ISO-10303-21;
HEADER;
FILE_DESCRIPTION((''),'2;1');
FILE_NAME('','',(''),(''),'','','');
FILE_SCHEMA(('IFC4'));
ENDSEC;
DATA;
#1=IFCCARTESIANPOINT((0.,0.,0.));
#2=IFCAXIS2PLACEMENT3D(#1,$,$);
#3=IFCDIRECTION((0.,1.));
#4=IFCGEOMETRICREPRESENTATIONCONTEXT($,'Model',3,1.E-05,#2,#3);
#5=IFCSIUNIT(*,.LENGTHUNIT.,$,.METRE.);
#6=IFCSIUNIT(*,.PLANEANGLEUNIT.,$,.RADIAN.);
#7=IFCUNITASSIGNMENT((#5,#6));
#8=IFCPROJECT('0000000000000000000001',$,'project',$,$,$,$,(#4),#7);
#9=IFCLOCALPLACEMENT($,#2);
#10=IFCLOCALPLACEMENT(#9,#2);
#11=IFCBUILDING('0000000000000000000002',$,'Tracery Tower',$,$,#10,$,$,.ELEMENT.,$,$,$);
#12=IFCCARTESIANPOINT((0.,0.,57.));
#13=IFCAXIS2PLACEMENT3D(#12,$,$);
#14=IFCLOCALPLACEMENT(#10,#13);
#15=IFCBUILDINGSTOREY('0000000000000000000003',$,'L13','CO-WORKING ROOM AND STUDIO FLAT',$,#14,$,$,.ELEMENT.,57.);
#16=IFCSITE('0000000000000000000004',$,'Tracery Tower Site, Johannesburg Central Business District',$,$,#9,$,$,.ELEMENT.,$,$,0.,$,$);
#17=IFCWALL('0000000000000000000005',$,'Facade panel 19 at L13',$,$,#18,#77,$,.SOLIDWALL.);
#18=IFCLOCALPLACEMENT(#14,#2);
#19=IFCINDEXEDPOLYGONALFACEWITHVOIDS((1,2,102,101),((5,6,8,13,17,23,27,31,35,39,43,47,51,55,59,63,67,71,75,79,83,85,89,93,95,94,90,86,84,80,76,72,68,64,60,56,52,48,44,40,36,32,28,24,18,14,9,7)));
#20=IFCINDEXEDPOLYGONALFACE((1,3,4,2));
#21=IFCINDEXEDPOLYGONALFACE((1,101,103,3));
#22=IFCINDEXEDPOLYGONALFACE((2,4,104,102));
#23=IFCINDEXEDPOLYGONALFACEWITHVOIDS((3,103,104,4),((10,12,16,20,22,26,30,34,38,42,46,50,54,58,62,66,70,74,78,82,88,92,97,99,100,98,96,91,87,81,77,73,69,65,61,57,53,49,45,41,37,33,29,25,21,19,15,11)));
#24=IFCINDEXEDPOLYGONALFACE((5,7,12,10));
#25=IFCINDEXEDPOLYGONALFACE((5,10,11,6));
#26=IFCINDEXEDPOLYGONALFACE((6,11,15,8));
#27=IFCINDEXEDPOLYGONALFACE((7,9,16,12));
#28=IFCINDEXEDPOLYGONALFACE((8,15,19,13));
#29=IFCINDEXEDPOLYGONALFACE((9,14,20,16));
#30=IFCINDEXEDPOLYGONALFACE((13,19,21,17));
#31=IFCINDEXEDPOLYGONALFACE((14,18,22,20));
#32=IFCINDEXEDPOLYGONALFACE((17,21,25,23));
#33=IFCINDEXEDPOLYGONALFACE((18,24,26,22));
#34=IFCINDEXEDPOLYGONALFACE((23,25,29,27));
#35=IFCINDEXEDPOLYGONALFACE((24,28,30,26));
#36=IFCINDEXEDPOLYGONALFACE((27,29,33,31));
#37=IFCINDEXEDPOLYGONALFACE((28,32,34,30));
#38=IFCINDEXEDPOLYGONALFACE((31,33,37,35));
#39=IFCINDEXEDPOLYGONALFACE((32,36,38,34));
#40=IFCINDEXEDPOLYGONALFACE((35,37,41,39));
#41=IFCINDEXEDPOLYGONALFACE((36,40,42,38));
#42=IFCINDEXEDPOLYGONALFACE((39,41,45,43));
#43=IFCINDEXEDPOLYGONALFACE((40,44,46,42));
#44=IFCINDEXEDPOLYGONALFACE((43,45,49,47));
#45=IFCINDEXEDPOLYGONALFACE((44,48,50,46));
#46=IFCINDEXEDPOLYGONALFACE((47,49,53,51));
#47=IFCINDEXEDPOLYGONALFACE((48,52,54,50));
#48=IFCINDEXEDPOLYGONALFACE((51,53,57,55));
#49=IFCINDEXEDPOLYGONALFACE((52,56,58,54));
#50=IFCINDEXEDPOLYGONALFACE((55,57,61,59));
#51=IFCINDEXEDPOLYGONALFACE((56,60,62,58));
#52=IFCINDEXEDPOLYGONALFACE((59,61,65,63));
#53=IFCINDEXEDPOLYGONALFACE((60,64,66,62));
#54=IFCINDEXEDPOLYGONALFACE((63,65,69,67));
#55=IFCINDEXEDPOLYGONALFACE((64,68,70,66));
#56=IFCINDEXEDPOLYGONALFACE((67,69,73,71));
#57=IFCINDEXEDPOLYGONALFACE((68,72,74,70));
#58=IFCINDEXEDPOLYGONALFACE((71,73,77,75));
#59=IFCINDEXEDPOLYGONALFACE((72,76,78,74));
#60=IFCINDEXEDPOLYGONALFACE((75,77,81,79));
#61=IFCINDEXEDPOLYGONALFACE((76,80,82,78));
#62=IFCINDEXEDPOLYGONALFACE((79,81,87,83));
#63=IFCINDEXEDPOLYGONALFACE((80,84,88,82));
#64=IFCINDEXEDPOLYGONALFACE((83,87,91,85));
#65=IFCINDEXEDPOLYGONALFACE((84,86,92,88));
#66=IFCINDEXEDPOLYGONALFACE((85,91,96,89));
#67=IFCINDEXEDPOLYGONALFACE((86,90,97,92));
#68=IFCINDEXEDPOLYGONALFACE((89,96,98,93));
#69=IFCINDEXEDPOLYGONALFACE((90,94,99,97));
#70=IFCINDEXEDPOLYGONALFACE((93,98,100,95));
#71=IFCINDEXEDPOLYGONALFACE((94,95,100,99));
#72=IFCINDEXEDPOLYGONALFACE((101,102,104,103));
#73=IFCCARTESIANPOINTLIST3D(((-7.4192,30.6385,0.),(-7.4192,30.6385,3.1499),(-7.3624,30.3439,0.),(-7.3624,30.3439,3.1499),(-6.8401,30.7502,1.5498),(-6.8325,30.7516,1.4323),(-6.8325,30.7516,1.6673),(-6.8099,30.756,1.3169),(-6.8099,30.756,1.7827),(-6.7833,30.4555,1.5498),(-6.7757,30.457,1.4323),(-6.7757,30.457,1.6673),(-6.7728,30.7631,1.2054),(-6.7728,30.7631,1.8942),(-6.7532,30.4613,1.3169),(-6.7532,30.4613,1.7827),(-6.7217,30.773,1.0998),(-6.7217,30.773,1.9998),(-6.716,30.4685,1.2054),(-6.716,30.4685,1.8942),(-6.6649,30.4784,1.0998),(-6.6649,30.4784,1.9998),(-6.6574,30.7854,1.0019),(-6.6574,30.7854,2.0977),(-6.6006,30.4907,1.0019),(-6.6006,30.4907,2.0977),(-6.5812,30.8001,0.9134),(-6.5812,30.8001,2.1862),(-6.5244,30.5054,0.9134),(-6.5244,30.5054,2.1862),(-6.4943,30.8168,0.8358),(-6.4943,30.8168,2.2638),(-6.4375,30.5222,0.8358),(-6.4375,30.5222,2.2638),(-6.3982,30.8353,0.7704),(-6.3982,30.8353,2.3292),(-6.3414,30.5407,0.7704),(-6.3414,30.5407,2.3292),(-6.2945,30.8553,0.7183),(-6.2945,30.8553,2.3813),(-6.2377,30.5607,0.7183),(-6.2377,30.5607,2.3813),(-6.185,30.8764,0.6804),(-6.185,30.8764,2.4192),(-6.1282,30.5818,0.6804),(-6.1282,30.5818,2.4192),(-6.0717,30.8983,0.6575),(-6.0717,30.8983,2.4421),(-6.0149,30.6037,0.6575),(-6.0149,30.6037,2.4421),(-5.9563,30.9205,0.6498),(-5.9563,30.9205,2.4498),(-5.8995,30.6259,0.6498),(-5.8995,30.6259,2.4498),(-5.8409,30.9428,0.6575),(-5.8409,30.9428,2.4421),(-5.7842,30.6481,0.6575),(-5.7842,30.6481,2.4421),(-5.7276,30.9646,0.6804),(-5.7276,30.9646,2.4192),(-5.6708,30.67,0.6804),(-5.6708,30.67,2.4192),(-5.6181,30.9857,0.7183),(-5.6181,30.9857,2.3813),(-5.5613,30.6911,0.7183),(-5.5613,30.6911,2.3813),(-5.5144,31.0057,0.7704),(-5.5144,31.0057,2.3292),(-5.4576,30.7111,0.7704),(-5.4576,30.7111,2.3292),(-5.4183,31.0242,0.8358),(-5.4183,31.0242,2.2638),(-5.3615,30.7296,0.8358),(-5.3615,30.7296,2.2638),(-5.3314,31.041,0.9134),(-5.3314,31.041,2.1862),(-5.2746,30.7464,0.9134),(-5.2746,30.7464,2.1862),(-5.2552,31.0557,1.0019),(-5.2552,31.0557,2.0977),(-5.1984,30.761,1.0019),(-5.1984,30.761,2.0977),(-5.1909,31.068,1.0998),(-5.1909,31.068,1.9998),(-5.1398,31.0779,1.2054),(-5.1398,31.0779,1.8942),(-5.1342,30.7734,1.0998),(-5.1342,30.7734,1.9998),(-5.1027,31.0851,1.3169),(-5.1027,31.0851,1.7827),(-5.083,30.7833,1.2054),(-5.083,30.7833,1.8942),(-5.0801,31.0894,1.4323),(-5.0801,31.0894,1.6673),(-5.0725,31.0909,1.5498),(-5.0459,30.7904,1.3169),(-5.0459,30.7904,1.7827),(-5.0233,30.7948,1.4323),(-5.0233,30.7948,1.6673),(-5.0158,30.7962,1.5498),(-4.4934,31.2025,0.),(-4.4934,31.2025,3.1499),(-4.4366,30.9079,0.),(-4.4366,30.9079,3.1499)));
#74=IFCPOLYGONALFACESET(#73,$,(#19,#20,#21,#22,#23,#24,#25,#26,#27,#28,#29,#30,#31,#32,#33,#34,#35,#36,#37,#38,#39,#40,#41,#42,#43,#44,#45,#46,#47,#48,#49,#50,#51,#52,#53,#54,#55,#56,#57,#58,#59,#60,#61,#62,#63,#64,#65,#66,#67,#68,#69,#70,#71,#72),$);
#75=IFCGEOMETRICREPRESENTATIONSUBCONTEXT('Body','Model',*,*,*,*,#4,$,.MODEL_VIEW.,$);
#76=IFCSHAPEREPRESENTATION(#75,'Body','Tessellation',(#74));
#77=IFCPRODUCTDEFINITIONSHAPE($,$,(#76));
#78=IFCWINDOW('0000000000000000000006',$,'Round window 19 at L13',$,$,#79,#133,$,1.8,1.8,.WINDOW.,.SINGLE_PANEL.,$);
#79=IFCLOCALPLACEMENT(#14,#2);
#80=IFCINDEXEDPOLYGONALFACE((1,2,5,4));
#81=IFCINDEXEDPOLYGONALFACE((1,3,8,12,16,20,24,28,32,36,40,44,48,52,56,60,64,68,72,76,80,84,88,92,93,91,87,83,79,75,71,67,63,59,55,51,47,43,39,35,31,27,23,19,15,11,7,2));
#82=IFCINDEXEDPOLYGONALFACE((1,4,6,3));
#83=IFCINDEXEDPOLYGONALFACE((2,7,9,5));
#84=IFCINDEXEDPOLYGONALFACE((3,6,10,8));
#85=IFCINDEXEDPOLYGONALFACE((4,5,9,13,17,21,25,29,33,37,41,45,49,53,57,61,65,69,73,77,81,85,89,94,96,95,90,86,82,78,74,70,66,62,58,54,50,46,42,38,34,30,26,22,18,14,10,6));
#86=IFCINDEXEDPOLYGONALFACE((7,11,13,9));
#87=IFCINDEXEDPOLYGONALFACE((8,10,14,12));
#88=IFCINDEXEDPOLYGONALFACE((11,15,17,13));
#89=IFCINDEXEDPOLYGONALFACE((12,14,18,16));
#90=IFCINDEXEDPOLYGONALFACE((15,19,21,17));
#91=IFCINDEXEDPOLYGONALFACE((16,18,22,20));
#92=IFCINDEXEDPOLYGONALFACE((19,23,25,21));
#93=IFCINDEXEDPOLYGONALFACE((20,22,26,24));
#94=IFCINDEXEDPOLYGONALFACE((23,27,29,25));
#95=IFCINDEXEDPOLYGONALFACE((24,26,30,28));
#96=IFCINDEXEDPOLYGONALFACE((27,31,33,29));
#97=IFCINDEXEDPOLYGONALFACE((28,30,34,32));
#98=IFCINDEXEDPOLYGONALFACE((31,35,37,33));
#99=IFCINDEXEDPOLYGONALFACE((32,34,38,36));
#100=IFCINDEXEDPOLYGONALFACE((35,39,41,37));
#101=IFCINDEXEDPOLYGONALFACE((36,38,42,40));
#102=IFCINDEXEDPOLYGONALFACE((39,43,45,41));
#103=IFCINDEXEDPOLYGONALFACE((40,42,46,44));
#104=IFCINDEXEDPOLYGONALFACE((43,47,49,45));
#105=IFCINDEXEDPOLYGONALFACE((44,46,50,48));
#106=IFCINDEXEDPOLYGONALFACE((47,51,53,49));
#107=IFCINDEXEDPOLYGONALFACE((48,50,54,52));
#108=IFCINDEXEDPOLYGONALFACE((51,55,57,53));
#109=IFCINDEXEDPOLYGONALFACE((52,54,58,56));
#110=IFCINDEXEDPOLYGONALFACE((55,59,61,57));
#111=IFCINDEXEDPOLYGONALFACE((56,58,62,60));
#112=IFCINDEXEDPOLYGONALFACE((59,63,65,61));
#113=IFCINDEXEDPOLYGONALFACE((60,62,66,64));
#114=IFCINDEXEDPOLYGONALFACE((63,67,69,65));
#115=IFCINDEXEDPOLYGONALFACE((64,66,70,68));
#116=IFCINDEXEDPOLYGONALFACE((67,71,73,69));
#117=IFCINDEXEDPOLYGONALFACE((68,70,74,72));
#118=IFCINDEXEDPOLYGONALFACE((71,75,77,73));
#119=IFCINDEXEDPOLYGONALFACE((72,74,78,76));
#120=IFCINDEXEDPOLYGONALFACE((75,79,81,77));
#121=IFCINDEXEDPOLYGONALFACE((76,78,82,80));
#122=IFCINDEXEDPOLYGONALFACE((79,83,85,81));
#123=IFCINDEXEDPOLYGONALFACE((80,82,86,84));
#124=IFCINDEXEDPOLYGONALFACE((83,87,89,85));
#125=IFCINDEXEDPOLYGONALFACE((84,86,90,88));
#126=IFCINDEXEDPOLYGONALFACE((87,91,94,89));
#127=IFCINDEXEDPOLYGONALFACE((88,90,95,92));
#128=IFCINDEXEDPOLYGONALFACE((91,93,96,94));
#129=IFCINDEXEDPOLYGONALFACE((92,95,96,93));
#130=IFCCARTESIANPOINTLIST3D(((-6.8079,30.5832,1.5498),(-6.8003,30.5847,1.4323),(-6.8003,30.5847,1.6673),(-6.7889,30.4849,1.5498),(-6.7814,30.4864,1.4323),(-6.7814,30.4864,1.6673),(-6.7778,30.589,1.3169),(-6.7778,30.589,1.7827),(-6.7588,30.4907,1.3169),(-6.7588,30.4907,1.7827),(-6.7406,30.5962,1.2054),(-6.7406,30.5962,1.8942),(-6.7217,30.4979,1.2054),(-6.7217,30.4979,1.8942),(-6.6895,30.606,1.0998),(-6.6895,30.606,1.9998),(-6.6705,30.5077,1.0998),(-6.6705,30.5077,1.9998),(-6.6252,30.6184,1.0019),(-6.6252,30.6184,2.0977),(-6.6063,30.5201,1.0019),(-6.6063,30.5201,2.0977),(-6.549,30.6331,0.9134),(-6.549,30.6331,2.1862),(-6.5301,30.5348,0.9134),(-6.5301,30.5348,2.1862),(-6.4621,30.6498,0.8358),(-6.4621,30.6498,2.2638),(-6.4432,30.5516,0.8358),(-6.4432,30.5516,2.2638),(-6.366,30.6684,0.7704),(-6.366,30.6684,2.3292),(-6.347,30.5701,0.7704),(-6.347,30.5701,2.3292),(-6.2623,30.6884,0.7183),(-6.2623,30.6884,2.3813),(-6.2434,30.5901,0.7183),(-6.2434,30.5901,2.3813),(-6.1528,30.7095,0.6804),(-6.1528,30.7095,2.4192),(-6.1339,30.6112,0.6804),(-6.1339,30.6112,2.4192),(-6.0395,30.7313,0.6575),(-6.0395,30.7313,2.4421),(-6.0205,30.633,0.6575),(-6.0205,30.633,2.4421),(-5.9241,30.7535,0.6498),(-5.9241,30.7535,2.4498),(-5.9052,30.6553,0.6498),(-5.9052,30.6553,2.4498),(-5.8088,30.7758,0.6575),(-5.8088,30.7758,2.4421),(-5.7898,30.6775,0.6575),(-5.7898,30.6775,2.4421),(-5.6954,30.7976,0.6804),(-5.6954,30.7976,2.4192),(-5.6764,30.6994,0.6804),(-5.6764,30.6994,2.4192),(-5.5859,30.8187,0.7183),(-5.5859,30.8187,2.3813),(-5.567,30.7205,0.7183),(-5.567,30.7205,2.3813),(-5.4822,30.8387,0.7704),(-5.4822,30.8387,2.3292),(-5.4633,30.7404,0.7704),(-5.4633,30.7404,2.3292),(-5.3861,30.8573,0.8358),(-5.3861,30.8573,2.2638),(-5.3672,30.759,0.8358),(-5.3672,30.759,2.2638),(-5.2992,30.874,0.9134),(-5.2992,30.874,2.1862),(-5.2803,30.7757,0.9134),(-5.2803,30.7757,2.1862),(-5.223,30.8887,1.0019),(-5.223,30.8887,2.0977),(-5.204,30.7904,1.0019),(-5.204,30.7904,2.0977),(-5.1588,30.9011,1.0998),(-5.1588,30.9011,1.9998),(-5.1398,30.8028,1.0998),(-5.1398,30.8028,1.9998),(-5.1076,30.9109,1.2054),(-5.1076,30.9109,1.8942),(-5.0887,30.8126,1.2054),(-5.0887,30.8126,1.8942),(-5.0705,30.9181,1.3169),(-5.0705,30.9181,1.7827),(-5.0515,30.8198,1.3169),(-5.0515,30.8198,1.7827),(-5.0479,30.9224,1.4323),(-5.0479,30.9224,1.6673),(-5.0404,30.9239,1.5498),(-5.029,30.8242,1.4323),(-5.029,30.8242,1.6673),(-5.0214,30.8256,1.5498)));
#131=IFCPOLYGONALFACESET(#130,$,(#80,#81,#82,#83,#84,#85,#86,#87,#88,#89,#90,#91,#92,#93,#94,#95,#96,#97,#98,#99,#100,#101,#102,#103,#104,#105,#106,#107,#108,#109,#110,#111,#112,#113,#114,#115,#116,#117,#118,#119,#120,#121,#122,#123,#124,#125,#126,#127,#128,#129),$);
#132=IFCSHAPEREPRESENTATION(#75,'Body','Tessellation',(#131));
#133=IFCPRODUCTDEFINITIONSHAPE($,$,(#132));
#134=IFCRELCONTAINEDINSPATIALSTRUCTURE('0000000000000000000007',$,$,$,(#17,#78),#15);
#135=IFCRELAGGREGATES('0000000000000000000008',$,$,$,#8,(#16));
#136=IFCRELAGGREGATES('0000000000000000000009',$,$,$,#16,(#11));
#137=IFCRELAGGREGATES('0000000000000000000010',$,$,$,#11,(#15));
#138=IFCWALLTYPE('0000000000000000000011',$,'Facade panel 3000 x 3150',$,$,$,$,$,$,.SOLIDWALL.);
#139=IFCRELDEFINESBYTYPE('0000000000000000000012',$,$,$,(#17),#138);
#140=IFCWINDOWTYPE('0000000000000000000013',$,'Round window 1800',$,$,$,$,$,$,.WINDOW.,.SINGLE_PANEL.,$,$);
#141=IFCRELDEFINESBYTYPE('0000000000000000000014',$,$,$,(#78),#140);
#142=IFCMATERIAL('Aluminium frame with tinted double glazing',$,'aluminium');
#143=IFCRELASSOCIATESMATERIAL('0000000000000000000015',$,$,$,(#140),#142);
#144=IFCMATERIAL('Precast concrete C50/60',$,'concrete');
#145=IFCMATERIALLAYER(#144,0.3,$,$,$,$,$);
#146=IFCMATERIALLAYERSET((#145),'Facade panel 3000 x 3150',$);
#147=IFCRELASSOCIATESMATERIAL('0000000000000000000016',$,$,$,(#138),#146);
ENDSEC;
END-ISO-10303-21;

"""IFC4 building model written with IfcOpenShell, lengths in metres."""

from ifc_helpers import new_model, si_unit, direction, frame, frame_2d, origin, origin_2d, place, context, subcontext, project, spatial, rectangle, circle, extrude, material, layer, layer_set, type_object, element, fill, save


model = new_model("IFC4")

# Units and contexts
model_context = context("Model", 3, precision=1e-05, world=origin(), true_north=direction((0.0, 1.0)))
body_context = subcontext(model_context, "Body", "Model", "MODEL_VIEW")
ifc_project = project(units=[si_unit("LENGTHUNIT", "METRE"), si_unit("PLANEANGLEUNIT", "RADIAN")], contexts=[model_context])

# Site, building, storey
site_placement = place(None, origin())
site = spatial("IfcSite", under=ifc_project, at=site_placement, Name="Tracery Tower Site, Johannesburg Central Business District", CompositionType="ELEMENT", RefElevation=0.0)
building_placement = place(site_placement, origin())
building = spatial("IfcBuilding", under=site, at=building_placement, Name="Tracery Tower", CompositionType="ELEMENT")
storey_placement = place(building_placement, frame((0.0, 0.0, 57.0)))
storey = spatial("IfcBuildingStorey", under=building, at=storey_placement, Name="L13", Description="CO-WORKING ROOM AND STUDIO FLAT", CompositionType="ELEMENT", Elevation=57.0)

# Wall, opening, window
ifc_material_1 = material(Name="Aluminium frame with tinted double glazing", Category="aluminium")
window_type = type_object("IfcWindowType", Name="Round window 1800", PartitioningType="SINGLE_PANEL", PredefinedType="WINDOW", material=ifc_material_1)
ifc_material_2 = material(Name="Precast concrete C50/60", Category="concrete")
ifc_layer_1 = layer(ifc_material_2, 0.3)
ifc_layer_set_1 = layer_set([ifc_layer_1], Name="Facade panel 3000 x 3150")
wall_type_1 = type_object("IfcWallType", Name="Facade panel 3000 x 3150", PredefinedType="SOLIDWALL", material=ifc_layer_set_1)
wall_1_placement = place(storey_placement, frame((-4.4651, 31.0552, 0.0), z_axis=(0.0, 0.0, 1.0), x_axis=(-0.981925, -0.189273, 0.0)))
wall_1 = element("IfcWall", 1, at=wall_1_placement, inside=storey, type_object=wall_type_1, Name="Facade panel 19 at L13", PredefinedType="SOLIDWALL", context=body_context, shape_type="SweptSolid", body=[
    extrude(rectangle(XDim=2.9797, YDim=0.3, at=frame_2d((1.4897, 0.0))), origin(), (0.0, 0.0, 1.0), 3.1499),
])
opening_1_placement = place(wall_1_placement, frame((1.4897, 0.0, 1.5498)))
opening_1 = element("IfcOpeningElement", 2, at=opening_1_placement, cuts=wall_1, PredefinedType="OPENING", context=body_context, shape_type="SweptSolid", body=[
    extrude(circle(Radius=0.9, at=origin_2d()), frame((0.0, 0.1599, 0.0), z_axis=(0.0, -1.0, 0.0), x_axis=(1.0, 0.0, 0.0)), (0.0, 0.0, 1.0), 0.3201),
])
window_1_placement = place(opening_1_placement, origin())
window_1 = element("IfcWindow", 3, at=window_1_placement, inside=storey, type_object=window_type, Name="Round window 19 at L13", OverallHeight=1.8, OverallWidth=1.8, PartitioningType="SINGLE_PANEL", PredefinedType="WINDOW", context=body_context, shape_type="SweptSolid", body=[
    extrude(circle(Radius=0.9, at=origin_2d()), frame((0.0, 0.1201, 0.0), z_axis=(0.0, -1.0, 0.0), x_axis=(1.0, 0.0, 0.0)), (0.0, 0.0, 1.0), 0.1001),
])
fill(opening_1, window_1)

save(model, "model.ifc")
